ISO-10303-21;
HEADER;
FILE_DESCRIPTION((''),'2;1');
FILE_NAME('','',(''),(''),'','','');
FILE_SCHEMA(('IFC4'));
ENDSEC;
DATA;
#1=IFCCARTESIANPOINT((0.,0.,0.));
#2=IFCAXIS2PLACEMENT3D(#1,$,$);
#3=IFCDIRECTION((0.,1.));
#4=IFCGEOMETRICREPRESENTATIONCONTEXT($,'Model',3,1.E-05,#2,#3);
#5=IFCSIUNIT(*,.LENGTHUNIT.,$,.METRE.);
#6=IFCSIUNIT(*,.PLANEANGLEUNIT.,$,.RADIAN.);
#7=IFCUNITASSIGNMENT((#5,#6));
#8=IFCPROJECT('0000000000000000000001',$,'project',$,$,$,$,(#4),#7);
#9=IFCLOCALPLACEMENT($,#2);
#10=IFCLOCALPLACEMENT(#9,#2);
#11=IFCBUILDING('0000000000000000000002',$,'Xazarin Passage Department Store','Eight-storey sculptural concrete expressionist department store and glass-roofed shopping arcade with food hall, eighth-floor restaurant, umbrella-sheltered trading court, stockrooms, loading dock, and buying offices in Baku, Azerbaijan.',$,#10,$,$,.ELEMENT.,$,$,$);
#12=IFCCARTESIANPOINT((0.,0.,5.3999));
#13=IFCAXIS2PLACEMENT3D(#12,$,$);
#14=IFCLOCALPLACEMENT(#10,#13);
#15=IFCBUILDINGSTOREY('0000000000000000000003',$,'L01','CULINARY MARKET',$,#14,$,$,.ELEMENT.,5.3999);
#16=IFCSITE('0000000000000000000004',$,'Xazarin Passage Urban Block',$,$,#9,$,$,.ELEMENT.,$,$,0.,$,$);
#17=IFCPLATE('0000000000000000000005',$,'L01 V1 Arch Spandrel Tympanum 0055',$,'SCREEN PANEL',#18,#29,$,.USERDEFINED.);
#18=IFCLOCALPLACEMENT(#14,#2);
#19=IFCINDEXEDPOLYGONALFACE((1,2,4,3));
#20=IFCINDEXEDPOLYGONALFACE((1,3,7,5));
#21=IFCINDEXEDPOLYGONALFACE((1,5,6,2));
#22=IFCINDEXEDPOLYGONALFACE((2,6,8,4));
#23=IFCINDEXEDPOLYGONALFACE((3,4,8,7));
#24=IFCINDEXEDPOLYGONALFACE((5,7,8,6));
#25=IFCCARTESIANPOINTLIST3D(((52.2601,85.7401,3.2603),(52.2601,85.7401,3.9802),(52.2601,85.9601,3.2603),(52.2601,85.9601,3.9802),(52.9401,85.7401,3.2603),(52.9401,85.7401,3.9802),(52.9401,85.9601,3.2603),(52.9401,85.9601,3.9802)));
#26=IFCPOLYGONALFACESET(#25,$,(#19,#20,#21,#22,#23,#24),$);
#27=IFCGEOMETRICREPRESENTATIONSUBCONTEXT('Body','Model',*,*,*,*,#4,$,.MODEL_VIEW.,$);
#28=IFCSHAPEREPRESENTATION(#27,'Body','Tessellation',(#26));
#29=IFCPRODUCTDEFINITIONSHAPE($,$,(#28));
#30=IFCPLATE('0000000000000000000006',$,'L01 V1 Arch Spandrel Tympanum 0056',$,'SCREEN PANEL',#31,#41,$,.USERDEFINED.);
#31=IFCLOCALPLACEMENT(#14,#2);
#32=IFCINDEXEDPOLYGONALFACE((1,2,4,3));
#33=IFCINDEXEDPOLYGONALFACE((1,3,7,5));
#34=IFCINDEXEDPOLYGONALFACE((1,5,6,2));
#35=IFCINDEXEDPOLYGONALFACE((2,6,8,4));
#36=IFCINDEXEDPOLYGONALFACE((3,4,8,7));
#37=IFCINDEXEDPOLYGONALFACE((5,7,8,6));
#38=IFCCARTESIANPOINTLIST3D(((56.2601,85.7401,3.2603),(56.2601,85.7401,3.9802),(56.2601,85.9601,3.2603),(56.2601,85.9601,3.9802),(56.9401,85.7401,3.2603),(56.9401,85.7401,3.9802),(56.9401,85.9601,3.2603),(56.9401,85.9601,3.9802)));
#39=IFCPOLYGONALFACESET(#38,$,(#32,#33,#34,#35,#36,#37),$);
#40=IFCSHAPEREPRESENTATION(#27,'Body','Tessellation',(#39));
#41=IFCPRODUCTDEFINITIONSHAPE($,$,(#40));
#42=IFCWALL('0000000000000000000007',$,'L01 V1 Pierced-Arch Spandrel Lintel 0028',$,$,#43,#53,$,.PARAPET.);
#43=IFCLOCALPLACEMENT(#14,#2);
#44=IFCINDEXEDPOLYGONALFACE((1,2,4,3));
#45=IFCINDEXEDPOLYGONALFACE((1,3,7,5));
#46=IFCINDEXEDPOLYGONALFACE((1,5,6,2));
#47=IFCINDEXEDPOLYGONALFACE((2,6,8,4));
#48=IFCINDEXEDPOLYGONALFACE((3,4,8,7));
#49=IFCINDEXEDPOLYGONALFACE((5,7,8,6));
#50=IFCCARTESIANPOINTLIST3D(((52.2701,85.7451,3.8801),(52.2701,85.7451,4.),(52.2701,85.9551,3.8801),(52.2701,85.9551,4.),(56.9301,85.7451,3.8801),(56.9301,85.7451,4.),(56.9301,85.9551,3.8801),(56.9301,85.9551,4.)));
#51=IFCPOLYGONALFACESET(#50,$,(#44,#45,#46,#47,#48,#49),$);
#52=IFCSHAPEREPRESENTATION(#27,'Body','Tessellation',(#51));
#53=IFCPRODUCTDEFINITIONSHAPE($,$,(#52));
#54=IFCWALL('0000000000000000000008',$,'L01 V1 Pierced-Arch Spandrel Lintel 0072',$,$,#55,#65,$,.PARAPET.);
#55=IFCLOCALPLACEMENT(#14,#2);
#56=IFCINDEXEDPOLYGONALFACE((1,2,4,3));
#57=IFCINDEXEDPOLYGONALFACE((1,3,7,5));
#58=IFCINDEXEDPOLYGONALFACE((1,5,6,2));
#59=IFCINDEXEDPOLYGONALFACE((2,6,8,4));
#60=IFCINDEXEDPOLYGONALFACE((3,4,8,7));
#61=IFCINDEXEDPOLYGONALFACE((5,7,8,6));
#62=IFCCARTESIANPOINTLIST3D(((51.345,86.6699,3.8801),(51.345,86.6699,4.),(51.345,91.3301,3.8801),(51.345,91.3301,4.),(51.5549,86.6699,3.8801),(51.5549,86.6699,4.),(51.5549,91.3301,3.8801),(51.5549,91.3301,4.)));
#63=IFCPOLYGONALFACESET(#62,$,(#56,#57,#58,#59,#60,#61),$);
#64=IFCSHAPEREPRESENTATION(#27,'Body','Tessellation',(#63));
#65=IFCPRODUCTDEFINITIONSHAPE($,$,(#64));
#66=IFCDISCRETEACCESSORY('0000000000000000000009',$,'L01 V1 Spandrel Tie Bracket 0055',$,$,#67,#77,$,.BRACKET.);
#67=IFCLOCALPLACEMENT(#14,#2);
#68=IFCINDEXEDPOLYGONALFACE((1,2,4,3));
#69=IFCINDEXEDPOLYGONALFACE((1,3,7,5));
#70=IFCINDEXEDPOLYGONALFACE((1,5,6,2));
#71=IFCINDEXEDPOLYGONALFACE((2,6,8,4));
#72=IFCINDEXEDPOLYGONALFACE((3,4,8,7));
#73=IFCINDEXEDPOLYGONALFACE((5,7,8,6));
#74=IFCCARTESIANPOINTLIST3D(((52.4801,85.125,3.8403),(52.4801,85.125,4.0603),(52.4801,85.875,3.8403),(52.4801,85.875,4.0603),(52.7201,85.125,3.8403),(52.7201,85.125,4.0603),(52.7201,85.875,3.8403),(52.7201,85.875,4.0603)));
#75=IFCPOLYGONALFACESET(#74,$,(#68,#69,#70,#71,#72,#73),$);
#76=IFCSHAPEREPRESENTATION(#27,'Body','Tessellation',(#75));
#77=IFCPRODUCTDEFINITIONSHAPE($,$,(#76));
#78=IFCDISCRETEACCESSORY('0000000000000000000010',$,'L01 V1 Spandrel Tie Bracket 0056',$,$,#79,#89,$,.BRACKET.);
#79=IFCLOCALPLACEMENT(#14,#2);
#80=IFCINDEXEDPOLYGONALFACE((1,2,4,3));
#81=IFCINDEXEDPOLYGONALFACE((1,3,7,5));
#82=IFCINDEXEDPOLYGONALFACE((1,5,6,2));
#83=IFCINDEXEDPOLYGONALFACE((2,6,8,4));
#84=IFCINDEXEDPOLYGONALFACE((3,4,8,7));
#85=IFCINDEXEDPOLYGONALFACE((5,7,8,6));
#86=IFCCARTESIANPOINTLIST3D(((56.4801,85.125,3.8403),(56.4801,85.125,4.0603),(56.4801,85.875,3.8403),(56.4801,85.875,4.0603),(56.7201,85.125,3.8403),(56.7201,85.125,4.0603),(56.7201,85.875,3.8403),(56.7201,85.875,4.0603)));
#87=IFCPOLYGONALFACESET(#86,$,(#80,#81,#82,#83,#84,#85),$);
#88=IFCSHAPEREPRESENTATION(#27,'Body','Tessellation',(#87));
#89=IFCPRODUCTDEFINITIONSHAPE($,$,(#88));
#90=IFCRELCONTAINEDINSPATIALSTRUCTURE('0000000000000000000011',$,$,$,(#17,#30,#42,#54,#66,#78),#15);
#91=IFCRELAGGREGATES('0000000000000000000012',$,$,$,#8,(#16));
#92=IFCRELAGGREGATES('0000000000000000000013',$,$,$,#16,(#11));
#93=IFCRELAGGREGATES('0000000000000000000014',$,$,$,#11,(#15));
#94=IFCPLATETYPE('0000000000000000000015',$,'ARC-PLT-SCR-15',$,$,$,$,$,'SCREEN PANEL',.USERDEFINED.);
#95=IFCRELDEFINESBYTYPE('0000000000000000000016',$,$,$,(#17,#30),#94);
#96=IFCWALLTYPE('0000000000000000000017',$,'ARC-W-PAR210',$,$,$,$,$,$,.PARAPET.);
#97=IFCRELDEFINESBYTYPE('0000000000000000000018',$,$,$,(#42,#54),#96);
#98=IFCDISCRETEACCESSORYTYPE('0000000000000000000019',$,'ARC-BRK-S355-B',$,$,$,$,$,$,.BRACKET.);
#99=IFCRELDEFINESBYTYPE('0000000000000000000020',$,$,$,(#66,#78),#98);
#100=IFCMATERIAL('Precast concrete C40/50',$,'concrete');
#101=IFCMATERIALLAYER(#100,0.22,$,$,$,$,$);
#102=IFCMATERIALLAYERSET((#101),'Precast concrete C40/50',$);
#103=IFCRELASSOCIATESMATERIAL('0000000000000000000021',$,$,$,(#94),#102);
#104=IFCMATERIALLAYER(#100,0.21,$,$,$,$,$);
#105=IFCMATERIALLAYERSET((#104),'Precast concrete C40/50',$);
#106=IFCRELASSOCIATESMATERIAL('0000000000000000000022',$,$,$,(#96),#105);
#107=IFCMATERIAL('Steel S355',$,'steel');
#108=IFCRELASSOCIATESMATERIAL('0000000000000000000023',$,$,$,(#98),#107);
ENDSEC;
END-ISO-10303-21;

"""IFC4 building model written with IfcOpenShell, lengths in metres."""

from ifc_helpers import new_model, si_unit, direction, frame, frame_2d, origin, origin_2d, place, context, subcontext, project, spatial, rectangle, extrude, material, layer, layer_set, type_object, element, save


model = new_model("IFC4")

# Units and contexts
model_context = context("Model", 3, precision=1e-05, world=origin(), true_north=direction((0.0, 1.0)))
body_context = subcontext(model_context, "Body", "Model", "MODEL_VIEW")
ifc_project = project(units=[si_unit("LENGTHUNIT", "METRE"), si_unit("PLANEANGLEUNIT", "RADIAN")], contexts=[model_context])

# Site, building, storey
site_placement = place(None, origin())
site = spatial("IfcSite", under=ifc_project, at=site_placement, Name="Xazarin Passage Urban Block", CompositionType="ELEMENT", RefElevation=0.0)
building_placement = place(site_placement, origin())
building = spatial("IfcBuilding", under=site, at=building_placement, Name="Xazarin Passage Department Store", Description="Eight-storey sculptural concrete expressionist department store and glass-roofed shopping arcade with food hall, eighth-floor restaurant, umbrella-sheltered trading court, stockrooms, loading dock, and buying offices in Baku, Azerbaijan.", CompositionType="ELEMENT")
storey_placement = place(building_placement, frame((0.0, 0.0, 5.3999)))
storey = spatial("IfcBuildingStorey", under=building, at=storey_placement, Name="L01", Description="CULINARY MARKET", CompositionType="ELEMENT", Elevation=5.3999)

# Plates
ifc_material_1 = material(Name="Precast concrete C40/50", Category="concrete")
ifc_layer_1 = layer(ifc_material_1, 0.22)
ifc_layer_set_1 = layer_set([ifc_layer_1], Name="Precast concrete C40/50")
plate_type_1 = type_object("IfcPlateType", Name="ARC-PLT-SCR-15", ElementType="SCREEN PANEL", PredefinedType="USERDEFINED", material=ifc_layer_set_1)
for number, where, z_axis, x_axis, name in (
    (1, (52.6001, 85.8501, 3.2603), (0.0, 0.0, 1.0), (1.0, 0.0, 0.0), "L01 V1 Arch Spandrel Tympanum 0055"),
    (2, (56.6001, 85.8501, 3.2603), (0.0, 0.0, 1.0), (1.0, 0.0, 0.0), "L01 V1 Arch Spandrel Tympanum 0056"),
):
    element("IfcPlate", number, at=place(storey_placement, frame(where, z_axis=z_axis, x_axis=x_axis)), inside=storey, type_object=plate_type_1, Name=name, ObjectType="SCREEN PANEL", PredefinedType="USERDEFINED", context=body_context, shape_type="SweptSolid", body=[
        extrude(rectangle(XDim=0.6799, YDim=0.22, at=origin_2d()), origin(), (0.0, 0.0, 1.0), 0.72),
    ])

# Walls
ifc_layer_2 = layer(ifc_material_1, 0.21)
ifc_layer_set_2 = layer_set([ifc_layer_2], Name="Precast concrete C40/50")
wall_type = type_object("IfcWallType", Name="ARC-W-PAR210", PredefinedType="PARAPET", material=ifc_layer_set_2)
wall_1_placement = place(storey_placement, frame((52.27, 85.8501, 3.8801), z_axis=(0.0, 0.0, 1.0), x_axis=(1.0, 0.0, 0.0)))
element("IfcWall", 3, at=wall_1_placement, inside=storey, type_object=wall_type, Name="L01 V1 Pierced-Arch Spandrel Lintel 0028", PredefinedType="PARAPET", context=body_context, shape_type="SweptSolid", body=[
    extrude(rectangle(XDim=4.6599, YDim=0.21, at=frame_2d((2.3301, 0.0))), origin(), (0.0, 0.0, 1.0), 0.1199),
])
wall_2_placement = place(storey_placement, frame((51.45, 86.6699, 3.8801), z_axis=(0.0, 0.0, 1.0), x_axis=(0.0, 1.0, 0.0)))
element("IfcWall", 4, at=wall_2_placement, inside=storey, type_object=wall_type, Name="L01 V1 Pierced-Arch Spandrel Lintel 0072", PredefinedType="PARAPET", context=body_context, shape_type="SweptSolid", body=[
    extrude(rectangle(XDim=4.6602, YDim=0.21, at=frame_2d((2.3301, 0.0))), origin(), (0.0, 0.0, 1.0), 0.1199),
])

# Discrete accessories
ifc_material_2 = material(Name="Steel S355", Category="steel")
discrete_accessory_type = type_object("IfcDiscreteAccessoryType", Name="ARC-BRK-S355-B", PredefinedType="BRACKET", material=ifc_material_2)
for number, where, z_axis, x_axis, name in (
    (5, (52.6001, 85.5, 3.8403), (0.0, 0.0, 1.0), (1.0, 0.0, 0.0), "L01 V1 Spandrel Tie Bracket 0055"),
    (6, (56.6001, 85.5, 3.8403), (0.0, 0.0, 1.0), (1.0, 0.0, 0.0), "L01 V1 Spandrel Tie Bracket 0056"),
):
    element("IfcDiscreteAccessory", number, at=place(storey_placement, frame(where, z_axis=z_axis, x_axis=x_axis)), inside=storey, type_object=discrete_accessory_type, Name=name, PredefinedType="BRACKET", context=body_context, shape_type="SweptSolid", body=[
        extrude(rectangle(XDim=0.24, YDim=0.75, at=origin_2d()), origin(), (0.0, 0.0, 1.0), 0.22),
    ])

save(model, "model.ifc")
